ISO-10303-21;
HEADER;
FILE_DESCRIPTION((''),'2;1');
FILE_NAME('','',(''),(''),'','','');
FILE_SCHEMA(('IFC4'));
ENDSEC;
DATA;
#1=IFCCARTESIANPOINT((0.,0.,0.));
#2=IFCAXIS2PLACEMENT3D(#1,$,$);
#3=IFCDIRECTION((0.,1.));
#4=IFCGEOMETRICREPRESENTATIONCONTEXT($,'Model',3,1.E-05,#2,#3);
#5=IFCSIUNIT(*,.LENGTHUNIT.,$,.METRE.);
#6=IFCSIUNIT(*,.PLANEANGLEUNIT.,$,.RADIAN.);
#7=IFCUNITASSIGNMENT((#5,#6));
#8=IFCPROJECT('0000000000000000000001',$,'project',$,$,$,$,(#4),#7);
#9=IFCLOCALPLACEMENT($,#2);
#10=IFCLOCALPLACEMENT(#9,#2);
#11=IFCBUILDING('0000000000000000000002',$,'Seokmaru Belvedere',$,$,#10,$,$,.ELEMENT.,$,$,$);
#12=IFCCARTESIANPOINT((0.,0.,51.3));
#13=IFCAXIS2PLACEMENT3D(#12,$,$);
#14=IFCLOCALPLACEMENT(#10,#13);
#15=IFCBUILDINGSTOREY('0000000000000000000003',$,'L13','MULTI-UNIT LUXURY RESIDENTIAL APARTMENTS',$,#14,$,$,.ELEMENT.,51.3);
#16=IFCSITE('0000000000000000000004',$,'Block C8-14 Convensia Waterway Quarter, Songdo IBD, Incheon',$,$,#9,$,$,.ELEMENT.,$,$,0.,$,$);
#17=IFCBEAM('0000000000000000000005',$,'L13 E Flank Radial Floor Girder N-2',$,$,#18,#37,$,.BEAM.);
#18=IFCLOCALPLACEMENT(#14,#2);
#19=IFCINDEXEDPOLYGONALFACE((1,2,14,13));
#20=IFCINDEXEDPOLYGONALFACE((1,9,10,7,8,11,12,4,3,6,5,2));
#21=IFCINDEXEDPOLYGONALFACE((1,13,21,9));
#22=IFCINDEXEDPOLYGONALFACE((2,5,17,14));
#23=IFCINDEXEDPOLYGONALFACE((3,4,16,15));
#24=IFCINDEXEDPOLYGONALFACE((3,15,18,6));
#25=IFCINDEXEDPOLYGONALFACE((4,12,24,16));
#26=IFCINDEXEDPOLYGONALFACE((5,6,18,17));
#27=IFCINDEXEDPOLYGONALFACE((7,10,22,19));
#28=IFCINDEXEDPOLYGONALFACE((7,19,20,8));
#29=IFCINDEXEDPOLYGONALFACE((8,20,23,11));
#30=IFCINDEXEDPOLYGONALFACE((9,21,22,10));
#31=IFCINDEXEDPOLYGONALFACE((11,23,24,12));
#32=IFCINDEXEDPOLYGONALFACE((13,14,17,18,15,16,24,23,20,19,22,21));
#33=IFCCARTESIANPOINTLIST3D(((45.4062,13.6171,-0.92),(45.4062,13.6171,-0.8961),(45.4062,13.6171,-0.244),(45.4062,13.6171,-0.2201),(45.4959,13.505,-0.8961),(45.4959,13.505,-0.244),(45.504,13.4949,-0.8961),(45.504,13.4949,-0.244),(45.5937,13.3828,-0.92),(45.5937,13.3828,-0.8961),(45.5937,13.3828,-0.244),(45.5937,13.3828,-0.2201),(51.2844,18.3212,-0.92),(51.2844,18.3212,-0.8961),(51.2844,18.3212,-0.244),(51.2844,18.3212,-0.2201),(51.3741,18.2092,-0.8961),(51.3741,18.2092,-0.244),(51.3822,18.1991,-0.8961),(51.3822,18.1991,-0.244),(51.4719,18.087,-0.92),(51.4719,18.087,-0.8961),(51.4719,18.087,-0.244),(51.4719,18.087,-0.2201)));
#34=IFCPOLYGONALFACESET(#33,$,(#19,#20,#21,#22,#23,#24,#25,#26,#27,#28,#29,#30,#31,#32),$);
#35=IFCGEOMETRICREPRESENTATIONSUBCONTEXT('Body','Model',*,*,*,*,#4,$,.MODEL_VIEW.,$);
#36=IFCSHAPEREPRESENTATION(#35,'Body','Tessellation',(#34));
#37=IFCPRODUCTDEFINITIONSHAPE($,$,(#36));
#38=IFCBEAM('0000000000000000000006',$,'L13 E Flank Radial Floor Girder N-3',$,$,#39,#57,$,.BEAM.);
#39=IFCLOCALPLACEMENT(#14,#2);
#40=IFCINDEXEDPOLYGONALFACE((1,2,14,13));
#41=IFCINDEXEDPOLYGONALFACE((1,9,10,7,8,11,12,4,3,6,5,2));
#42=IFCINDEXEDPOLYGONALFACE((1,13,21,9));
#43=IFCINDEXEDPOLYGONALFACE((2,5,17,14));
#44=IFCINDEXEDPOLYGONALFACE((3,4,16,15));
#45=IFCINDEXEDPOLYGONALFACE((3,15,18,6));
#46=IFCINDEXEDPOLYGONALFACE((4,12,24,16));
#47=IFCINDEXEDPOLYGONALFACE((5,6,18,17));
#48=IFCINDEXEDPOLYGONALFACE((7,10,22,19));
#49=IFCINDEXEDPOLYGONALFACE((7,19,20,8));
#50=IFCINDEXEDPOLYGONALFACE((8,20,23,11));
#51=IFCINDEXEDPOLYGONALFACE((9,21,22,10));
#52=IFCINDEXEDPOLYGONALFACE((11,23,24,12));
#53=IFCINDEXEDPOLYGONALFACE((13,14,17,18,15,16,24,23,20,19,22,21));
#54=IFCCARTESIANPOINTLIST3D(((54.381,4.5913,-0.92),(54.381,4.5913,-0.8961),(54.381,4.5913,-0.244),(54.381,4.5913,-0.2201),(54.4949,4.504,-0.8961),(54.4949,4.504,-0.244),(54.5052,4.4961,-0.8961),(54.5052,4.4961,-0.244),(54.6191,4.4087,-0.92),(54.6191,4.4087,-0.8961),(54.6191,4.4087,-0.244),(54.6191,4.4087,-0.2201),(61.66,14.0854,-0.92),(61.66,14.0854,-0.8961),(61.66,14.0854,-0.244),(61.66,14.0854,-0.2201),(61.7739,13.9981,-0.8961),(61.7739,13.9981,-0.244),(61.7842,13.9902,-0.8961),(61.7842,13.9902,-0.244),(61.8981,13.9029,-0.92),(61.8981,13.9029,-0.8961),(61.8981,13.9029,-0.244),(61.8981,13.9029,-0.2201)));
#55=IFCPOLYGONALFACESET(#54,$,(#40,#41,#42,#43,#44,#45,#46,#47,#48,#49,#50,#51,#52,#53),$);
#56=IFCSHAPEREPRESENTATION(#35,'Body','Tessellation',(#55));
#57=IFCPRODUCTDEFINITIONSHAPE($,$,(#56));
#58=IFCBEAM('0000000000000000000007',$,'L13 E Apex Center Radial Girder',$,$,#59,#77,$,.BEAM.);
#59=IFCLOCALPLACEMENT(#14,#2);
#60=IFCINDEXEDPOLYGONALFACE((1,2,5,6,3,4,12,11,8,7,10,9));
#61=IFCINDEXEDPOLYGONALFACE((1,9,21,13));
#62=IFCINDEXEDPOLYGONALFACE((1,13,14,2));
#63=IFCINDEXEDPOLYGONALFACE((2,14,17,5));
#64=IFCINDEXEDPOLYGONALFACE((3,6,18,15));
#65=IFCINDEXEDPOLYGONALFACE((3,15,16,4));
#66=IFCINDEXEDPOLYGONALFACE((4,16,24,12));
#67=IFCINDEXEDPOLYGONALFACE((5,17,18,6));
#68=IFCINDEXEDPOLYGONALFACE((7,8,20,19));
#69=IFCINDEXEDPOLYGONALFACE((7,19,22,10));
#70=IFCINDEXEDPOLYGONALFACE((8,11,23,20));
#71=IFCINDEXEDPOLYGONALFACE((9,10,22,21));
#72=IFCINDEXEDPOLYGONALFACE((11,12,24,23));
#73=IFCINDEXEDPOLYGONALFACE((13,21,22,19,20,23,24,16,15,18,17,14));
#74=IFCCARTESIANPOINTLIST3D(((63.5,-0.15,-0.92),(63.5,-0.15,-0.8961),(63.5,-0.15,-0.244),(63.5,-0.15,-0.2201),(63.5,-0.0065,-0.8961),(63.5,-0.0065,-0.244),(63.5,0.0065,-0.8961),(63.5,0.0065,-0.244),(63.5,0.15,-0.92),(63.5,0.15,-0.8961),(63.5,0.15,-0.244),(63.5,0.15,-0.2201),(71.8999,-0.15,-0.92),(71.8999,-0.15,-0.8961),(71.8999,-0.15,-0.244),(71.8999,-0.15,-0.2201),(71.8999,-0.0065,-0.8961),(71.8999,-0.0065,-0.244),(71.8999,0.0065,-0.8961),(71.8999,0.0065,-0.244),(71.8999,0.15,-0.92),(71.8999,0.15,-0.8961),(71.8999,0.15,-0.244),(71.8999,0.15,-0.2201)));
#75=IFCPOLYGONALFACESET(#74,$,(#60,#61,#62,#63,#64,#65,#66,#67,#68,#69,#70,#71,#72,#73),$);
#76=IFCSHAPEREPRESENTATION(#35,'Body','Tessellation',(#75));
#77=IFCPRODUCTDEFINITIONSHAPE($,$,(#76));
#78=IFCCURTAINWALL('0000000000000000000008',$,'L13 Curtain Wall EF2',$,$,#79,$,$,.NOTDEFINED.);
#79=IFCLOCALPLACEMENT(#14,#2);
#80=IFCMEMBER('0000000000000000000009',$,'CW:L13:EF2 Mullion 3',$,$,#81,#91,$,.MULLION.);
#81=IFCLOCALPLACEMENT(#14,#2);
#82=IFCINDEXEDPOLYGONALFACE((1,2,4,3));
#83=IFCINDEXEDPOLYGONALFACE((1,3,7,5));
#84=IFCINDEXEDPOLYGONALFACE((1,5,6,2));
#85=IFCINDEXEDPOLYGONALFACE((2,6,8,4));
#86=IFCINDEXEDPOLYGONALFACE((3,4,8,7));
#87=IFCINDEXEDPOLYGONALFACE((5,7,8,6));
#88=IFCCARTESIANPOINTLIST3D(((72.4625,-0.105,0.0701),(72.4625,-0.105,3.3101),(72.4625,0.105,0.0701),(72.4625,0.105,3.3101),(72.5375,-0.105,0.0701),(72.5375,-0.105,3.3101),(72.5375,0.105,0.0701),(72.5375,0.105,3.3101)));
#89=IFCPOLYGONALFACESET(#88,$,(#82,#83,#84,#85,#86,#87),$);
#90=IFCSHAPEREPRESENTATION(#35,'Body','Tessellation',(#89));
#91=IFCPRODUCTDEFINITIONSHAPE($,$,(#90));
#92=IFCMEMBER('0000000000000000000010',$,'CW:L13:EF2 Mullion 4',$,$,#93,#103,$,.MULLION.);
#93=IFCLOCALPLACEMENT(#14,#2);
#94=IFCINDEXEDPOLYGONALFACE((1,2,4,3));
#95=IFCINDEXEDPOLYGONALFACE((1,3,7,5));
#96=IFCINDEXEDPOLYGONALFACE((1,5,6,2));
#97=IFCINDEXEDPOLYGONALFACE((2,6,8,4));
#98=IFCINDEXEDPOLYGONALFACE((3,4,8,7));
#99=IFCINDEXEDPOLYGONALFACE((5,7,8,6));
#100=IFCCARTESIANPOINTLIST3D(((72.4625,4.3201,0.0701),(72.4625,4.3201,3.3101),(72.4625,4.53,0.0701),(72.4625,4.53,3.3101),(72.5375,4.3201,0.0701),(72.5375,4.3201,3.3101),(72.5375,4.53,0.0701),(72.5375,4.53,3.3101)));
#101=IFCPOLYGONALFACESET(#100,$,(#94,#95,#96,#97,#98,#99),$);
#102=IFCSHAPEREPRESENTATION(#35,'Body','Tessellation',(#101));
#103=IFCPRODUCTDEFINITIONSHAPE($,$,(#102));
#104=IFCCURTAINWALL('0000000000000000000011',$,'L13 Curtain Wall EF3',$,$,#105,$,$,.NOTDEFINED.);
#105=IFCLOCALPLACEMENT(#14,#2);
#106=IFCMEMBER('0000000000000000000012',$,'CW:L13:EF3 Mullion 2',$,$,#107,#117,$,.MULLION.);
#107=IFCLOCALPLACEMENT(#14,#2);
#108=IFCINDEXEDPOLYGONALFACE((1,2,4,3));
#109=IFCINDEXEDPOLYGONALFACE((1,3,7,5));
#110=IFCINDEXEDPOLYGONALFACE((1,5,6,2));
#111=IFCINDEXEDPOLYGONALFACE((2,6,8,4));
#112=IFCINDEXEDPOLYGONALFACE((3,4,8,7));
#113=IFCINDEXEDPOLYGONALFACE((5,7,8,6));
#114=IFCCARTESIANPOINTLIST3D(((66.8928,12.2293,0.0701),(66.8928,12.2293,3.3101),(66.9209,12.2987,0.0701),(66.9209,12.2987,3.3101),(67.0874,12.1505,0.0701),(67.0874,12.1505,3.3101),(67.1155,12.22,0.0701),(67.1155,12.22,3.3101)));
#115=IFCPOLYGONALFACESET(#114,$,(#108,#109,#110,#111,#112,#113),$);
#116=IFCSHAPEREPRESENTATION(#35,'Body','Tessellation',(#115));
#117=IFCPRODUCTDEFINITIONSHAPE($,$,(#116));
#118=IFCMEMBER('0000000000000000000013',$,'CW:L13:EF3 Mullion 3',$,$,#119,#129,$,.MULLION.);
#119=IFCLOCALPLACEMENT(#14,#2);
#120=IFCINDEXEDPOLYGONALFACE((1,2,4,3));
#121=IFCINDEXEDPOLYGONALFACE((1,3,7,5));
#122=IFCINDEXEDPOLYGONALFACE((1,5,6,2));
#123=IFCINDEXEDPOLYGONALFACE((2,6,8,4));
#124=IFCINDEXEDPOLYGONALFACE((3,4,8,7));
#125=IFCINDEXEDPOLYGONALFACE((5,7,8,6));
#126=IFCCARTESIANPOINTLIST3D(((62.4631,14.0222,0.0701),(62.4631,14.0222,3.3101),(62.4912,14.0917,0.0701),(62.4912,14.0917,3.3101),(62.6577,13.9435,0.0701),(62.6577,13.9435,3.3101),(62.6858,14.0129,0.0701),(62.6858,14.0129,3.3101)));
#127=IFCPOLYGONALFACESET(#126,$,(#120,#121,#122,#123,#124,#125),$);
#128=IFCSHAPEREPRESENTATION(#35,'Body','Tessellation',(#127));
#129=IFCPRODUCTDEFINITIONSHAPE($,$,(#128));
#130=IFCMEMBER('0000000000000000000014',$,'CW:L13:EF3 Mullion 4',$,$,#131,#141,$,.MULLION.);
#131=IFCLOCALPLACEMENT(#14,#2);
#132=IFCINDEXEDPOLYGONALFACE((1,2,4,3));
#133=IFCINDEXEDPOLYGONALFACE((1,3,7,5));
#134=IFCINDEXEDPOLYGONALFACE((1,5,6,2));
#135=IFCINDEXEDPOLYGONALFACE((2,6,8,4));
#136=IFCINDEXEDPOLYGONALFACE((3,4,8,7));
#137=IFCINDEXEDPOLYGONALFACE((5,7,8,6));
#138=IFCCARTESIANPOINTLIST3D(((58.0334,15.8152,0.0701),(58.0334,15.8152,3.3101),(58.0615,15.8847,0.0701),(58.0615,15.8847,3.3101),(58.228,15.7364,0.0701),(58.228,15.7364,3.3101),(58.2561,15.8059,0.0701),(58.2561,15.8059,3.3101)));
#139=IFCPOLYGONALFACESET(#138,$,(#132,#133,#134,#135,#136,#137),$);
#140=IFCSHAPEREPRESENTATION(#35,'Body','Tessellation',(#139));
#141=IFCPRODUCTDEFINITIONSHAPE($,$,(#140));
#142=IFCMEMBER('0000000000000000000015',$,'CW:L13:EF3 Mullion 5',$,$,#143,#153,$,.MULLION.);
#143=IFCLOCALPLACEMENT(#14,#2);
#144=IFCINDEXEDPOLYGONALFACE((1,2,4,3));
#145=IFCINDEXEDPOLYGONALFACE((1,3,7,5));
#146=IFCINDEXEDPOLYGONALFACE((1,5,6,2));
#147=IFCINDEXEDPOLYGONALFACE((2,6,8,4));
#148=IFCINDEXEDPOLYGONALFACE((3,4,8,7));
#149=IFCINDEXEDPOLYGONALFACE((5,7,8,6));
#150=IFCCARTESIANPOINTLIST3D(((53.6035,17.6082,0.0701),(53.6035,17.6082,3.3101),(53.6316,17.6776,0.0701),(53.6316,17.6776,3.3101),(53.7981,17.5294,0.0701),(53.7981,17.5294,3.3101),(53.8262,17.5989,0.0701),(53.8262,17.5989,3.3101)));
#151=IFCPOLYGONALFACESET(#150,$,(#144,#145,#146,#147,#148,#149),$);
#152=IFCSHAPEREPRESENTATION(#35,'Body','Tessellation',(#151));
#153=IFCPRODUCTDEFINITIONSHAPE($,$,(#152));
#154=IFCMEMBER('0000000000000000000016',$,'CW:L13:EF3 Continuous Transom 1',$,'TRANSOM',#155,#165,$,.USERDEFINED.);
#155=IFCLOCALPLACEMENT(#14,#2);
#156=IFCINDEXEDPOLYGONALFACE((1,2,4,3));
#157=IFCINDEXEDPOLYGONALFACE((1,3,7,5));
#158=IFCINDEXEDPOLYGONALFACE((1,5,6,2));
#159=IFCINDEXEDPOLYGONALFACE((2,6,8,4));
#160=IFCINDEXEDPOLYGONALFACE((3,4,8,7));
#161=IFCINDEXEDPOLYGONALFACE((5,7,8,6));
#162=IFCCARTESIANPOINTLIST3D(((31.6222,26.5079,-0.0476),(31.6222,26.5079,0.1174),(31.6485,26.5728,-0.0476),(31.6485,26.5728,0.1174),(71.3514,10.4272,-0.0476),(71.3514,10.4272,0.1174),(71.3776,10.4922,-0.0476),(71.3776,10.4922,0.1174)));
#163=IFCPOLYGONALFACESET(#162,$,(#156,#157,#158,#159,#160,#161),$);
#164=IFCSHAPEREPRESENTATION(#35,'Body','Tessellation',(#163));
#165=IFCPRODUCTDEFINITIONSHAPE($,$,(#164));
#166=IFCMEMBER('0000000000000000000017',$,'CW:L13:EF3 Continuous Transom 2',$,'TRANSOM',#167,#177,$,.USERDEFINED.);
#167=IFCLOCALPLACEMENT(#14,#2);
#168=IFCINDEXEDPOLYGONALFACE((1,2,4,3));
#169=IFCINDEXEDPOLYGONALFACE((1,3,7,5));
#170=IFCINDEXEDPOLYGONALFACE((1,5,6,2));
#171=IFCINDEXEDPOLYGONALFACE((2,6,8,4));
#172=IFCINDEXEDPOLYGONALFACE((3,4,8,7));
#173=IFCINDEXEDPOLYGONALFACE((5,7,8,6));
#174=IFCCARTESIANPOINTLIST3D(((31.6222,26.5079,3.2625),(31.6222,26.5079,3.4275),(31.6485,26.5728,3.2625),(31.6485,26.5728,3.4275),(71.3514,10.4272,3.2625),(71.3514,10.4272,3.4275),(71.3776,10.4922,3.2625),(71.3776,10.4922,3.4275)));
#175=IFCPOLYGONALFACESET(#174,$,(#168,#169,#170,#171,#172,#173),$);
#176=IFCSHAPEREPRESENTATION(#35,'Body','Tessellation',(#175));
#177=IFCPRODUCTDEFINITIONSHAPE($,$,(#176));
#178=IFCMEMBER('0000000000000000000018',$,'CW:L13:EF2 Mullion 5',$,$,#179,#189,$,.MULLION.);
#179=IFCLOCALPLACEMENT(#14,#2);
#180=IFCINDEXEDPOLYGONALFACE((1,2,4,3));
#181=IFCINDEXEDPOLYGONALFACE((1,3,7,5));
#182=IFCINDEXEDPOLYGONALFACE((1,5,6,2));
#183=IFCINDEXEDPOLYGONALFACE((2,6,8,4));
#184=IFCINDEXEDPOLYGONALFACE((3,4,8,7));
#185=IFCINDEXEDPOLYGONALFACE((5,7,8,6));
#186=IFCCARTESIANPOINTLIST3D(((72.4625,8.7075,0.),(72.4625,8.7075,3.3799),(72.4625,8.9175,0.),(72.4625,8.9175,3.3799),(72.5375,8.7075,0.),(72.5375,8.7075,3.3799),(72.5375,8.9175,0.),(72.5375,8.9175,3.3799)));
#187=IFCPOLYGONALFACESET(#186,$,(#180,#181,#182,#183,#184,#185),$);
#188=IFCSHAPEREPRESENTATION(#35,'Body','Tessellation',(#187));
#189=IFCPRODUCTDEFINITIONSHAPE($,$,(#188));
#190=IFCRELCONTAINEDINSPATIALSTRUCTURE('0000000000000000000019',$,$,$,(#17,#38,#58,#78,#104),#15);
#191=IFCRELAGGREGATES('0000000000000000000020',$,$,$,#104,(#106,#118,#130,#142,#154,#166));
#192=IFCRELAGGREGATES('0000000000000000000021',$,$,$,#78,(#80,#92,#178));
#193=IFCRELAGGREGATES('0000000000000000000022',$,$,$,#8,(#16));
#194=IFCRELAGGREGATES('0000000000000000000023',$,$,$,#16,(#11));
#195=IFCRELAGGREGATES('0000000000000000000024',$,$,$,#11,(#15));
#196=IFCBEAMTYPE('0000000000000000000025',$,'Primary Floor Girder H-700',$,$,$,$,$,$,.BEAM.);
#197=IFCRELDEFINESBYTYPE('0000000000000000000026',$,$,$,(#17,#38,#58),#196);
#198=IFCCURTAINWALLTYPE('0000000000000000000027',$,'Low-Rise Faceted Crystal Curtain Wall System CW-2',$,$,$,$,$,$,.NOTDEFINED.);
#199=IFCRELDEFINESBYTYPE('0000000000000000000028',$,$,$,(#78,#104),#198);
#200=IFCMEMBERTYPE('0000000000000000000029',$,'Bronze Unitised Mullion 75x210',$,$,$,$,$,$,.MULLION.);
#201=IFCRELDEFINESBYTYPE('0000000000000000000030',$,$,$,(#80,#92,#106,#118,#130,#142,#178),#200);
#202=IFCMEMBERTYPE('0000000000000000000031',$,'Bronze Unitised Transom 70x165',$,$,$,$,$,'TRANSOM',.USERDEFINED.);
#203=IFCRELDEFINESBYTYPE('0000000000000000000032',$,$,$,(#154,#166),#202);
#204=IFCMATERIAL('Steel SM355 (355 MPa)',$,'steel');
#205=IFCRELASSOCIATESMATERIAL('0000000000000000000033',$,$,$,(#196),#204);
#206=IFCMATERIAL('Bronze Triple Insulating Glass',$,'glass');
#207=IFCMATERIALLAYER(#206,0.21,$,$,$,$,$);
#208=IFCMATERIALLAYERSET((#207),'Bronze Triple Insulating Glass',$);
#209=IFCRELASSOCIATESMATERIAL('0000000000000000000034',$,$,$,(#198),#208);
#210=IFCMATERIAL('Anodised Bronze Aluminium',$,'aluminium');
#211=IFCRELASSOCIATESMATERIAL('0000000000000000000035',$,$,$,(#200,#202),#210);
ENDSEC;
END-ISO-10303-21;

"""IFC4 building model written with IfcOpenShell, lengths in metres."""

from ifc_helpers import new_model, si_unit, direction, frame, origin, origin_2d, place, context, subcontext, project, spatial, rectangle, i_section, extrude, source, transform, mapped, material, layer, layer_set, material_profile, profile_set, type_object, type_shapes, element, aggregate, save


model = new_model("IFC4")

# Units and contexts
model_context = context("Model", 3, precision=1e-05, world=origin(), true_north=direction((0.0, 1.0)))
body_context = subcontext(model_context, "Body", "Model", "MODEL_VIEW")
ifc_project = project(units=[si_unit("LENGTHUNIT", "METRE"), si_unit("PLANEANGLEUNIT", "RADIAN")], contexts=[model_context])

# Site, building, storey
site_placement = place(None, origin())
site = spatial("IfcSite", under=ifc_project, at=site_placement, Name="Block C8-14 Convensia Waterway Quarter, Songdo IBD, Incheon", CompositionType="ELEMENT", RefElevation=0.0)
building_placement = place(site_placement, origin())
building = spatial("IfcBuilding", under=site, at=building_placement, Name="Seokmaru Belvedere", CompositionType="ELEMENT")
storey_placement = place(building_placement, frame((0.0, 0.0, 51.3)))
storey = spatial("IfcBuildingStorey", under=building, at=storey_placement, Name="L13", Description="MULTI-UNIT LUXURY RESIDENTIAL APARTMENTS", CompositionType="ELEMENT", Elevation=51.3)

# Shared definitions
ifc_material_1 = material(Name="Steel SM355 (355 MPa)", Category="steel")

# Beams
ifc_material_profile_1 = material_profile(ifc_material_1, i_section(OverallWidth=0.3, OverallDepth=0.7, WebThickness=0.0129, FlangeThickness=0.0239, at=origin_2d()), Name="H-700x300x13x24")
ifc_profile_set_1 = profile_set([ifc_material_profile_1], Name="Steel SM355 (355 MPa)")
beam_type_1 = type_object("IfcBeamType", Name="Primary Floor Girder H-700", PredefinedType="BEAM", material=ifc_profile_set_1)
shared_shape_1 = source(origin(), body_context, "Body", "SweptSolid", [
    extrude(i_section(OverallWidth=0.3, OverallDepth=0.7, WebThickness=0.0129, FlangeThickness=0.0239, at=origin_2d()), origin(), (0.0, 0.0, 1.0), 7.5288),
])
beam_1_placement = place(storey_placement, frame((51.3782, 18.2041, -0.5701), z_axis=(-0.780768, -0.624822, 0.0), x_axis=(0.624822, -0.780768, 0.0)))
element("IfcBeam", 1, at=beam_1_placement, inside=storey, type_object=beam_type_1, Name="L13 E Flank Radial Floor Girder N-2", PredefinedType="BEAM", context=body_context, shape_type="MappedRepresentation", body=[
    mapped(shared_shape_1, transform((0.0, 0.0, 0.0), scale=1.0)),
])
shared_shape_2 = source(origin(), body_context, "Body", "SweptSolid", [
    extrude(i_section(OverallWidth=0.3, OverallDepth=0.7, WebThickness=0.0129, FlangeThickness=0.0239, at=origin_2d()), origin(), (0.0, 0.0, 1.0), 11.9634),
])
beam_2_placement = place(storey_placement, frame((61.7791, 13.9941, -0.5701), z_axis=(-0.608443, -0.793598, 0.0), x_axis=(0.793598, -0.608443, 0.0)))
element("IfcBeam", 2, at=beam_2_placement, inside=storey, type_object=beam_type_1, Name="L13 E Flank Radial Floor Girder N-3", PredefinedType="BEAM", context=body_context, shape_type="MappedRepresentation", body=[
    mapped(shared_shape_2, transform((0.0, 0.0, 0.0), scale=1.0)),
])
shared_shape_3 = source(origin(), body_context, "Body", "SweptSolid", [
    extrude(i_section(OverallWidth=0.3, OverallDepth=0.7, WebThickness=0.0129, FlangeThickness=0.0239, at=origin_2d()), origin(), (0.0, 0.0, 1.0), 8.3999),
])
beam_3_placement = place(storey_placement, frame((71.8999, 0.0, -0.5701), z_axis=(-1.0, 0.0, 0.0), x_axis=(0.0, -1.0, 0.0)))
element("IfcBeam", 3, at=beam_3_placement, inside=storey, type_object=beam_type_1, Name="L13 E Apex Center Radial Girder", PredefinedType="BEAM", context=body_context, shape_type="MappedRepresentation", body=[
    mapped(shared_shape_3, transform((0.0, 0.0, 0.0), scale=1.0)),
])

# Curtain walls, members
ifc_material_2 = material(Name="Bronze Triple Insulating Glass", Category="glass")
ifc_layer_1 = layer(ifc_material_2, 0.21)
ifc_layer_set_1 = layer_set([ifc_layer_1], Name="Bronze Triple Insulating Glass")
curtain_wall_type = type_object("IfcCurtainWallType", Name="Low-Rise Faceted Crystal Curtain Wall System CW-2", PredefinedType="NOTDEFINED", material=ifc_layer_set_1)
curtain_wall_1_placement = place(storey_placement, origin())
curtain_wall_1 = element("IfcCurtainWall", 4, at=curtain_wall_1_placement, inside=storey, type_object=curtain_wall_type, Name="L13 Curtain Wall EF2", PredefinedType="NOTDEFINED")
ifc_material_3 = material(Name="Anodised Bronze Aluminium", Category="aluminium")
ifc_material_profile_2 = material_profile(ifc_material_3, rectangle(XDim=0.075, YDim=0.21, at=origin_2d()), Name="CW-M-75x210")
ifc_profile_set_2 = profile_set([ifc_material_profile_2], Name="Anodised Bronze Aluminium")
member_type_1 = type_object("IfcMemberType", Name="Bronze Unitised Mullion 75x210", PredefinedType="MULLION", material=ifc_profile_set_2)
shared_shape_4 = source(origin(), body_context, "Body", "SweptSolid", [
    extrude(rectangle(XDim=0.075, YDim=0.21, at=origin_2d()), origin(), (0.0, 0.0, 1.0), 3.24),
])
member_1_placement = place(storey_placement, frame((72.5, 0.0, 0.0701), z_axis=(0.0, 0.0, 1.0), x_axis=(-1.0, 0.0, 0.0)))
member_1 = element("IfcMember", 5, at=member_1_placement, type_object=member_type_1, Name="CW:L13:EF2 Mullion 3", PredefinedType="MULLION", context=body_context, shape_type="MappedRepresentation", body=[
    mapped(shared_shape_4, transform((0.0, 0.0, 0.0), scale=1.0)),
])
member_2_placement = place(storey_placement, frame((72.5, 4.425, 0.0701), z_axis=(0.0, 0.0, 1.0), x_axis=(-1.0, 0.0, 0.0)))
member_2 = element("IfcMember", 6, at=member_2_placement, type_object=member_type_1, Name="CW:L13:EF2 Mullion 4", PredefinedType="MULLION", context=body_context, shape_type="MappedRepresentation", body=[
    mapped(shared_shape_4, transform((0.0, 0.0, 0.0), scale=1.0)),
])
curtain_wall_2_placement = place(storey_placement, origin())
curtain_wall_2 = element("IfcCurtainWall", 7, at=curtain_wall_2_placement, inside=storey, type_object=curtain_wall_type, Name="L13 Curtain Wall EF3", PredefinedType="NOTDEFINED")
member_3_placement = place(storey_placement, frame((67.0042, 12.2246, 0.0701), z_axis=(0.0, 0.0, 1.0), x_axis=(-0.375192, -0.926947, 0.0)))
member_3 = element("IfcMember", 8, at=member_3_placement, type_object=member_type_1, Name="CW:L13:EF3 Mullion 2", PredefinedType="MULLION", context=body_context, shape_type="MappedRepresentation", body=[
    mapped(shared_shape_4, transform((0.0, 0.0, 0.0), scale=1.0)),
])
member_4_placement = place(storey_placement, frame((62.5745, 14.0176, 0.0701), z_axis=(0.0, 0.0, 1.0), x_axis=(-0.375192, -0.926947, 0.0)))
member_4 = element("IfcMember", 9, at=member_4_placement, type_object=member_type_1, Name="CW:L13:EF3 Mullion 3", PredefinedType="MULLION", context=body_context, shape_type="MappedRepresentation", body=[
    mapped(shared_shape_4, transform((0.0, 0.0, 0.0), scale=1.0)),
])
member_5_placement = place(storey_placement, frame((58.1448, 15.8105, 0.0701), z_axis=(0.0, 0.0, 1.0), x_axis=(-0.375192, -0.926947, 0.0)))
member_5 = element("IfcMember", 10, at=member_5_placement, type_object=member_type_1, Name="CW:L13:EF3 Mullion 4", PredefinedType="MULLION", context=body_context, shape_type="MappedRepresentation", body=[
    mapped(shared_shape_4, transform((0.0, 0.0, 0.0), scale=1.0)),
])
member_6_placement = place(storey_placement, frame((53.7148, 17.6035, 0.0701), z_axis=(0.0, 0.0, 1.0), x_axis=(-0.375192, -0.926947, 0.0)))
member_6 = element("IfcMember", 11, at=member_6_placement, type_object=member_type_1, Name="CW:L13:EF3 Mullion 5", PredefinedType="MULLION", context=body_context, shape_type="MappedRepresentation", body=[
    mapped(shared_shape_4, transform((0.0, 0.0, 0.0), scale=1.0)),
])
ifc_material_profile_3 = material_profile(ifc_material_3, rectangle(XDim=0.0701, YDim=0.165, at=origin_2d()), Name="CW-T-70x165")
ifc_profile_set_3 = profile_set([ifc_material_profile_3], Name="Anodised Bronze Aluminium")
member_type_2 = type_object("IfcMemberType", Name="Bronze Unitised Transom 70x165", ElementType="TRANSOM", PredefinedType="USERDEFINED", material=ifc_profile_set_3)
shared_shape_5 = source(origin(), body_context, "Body", "SweptSolid", [
    extrude(rectangle(XDim=0.0701, YDim=0.165, at=origin_2d()), origin(), (0.0, 0.0, 1.0), 42.8601),
])
type_shapes(member_type_2, [shared_shape_5])
member_7_placement = place(storey_placement, frame((71.3645, 10.4597, 0.0349), z_axis=(-0.926949, 0.375188, 0.0), x_axis=(-0.375188, -0.926949, 0.0)))
member_7 = element("IfcMember", 12, at=member_7_placement, type_object=member_type_2, Name="CW:L13:EF3 Continuous Transom 1", ObjectType="TRANSOM", PredefinedType="USERDEFINED", context=body_context, shape_type="MappedRepresentation", body=[
    mapped(shared_shape_5, transform((0.0, 0.0, 0.0), scale=1.0)),
])
member_8_placement = place(storey_placement, frame((71.3645, 10.4597, 3.345), z_axis=(-0.926949, 0.375188, 0.0), x_axis=(-0.375188, -0.926949, 0.0)))
member_8 = element("IfcMember", 13, at=member_8_placement, type_object=member_type_2, Name="CW:L13:EF3 Continuous Transom 2", ObjectType="TRANSOM", PredefinedType="USERDEFINED", context=body_context, shape_type="MappedRepresentation", body=[
    mapped(shared_shape_5, transform((0.0, 0.0, 0.0), scale=1.0)),
])

# Member
shared_shape_6 = source(origin(), body_context, "Body", "SweptSolid", [
    extrude(rectangle(XDim=0.075, YDim=0.21, at=origin_2d()), origin(), (0.0, 0.0, 1.0), 3.3799),
])
type_shapes(member_type_1, [shared_shape_4, shared_shape_6])
member_9_placement = place(storey_placement, frame((72.5, 8.8125, 0.0), z_axis=(0.0, 0.0, 1.0), x_axis=(-1.0, 0.0, 0.0)))
member_9 = element("IfcMember", 14, at=member_9_placement, type_object=member_type_1, Name="CW:L13:EF2 Mullion 5", PredefinedType="MULLION", context=body_context, shape_type="MappedRepresentation", body=[
    mapped(shared_shape_6, transform((0.0, 0.0, 0.0), scale=1.0)),
])

aggregate(curtain_wall_2, [member_3, member_4, member_5, member_6, member_7, member_8])
aggregate(curtain_wall_1, [member_1, member_2, member_9])

save(model, "model.ifc")
